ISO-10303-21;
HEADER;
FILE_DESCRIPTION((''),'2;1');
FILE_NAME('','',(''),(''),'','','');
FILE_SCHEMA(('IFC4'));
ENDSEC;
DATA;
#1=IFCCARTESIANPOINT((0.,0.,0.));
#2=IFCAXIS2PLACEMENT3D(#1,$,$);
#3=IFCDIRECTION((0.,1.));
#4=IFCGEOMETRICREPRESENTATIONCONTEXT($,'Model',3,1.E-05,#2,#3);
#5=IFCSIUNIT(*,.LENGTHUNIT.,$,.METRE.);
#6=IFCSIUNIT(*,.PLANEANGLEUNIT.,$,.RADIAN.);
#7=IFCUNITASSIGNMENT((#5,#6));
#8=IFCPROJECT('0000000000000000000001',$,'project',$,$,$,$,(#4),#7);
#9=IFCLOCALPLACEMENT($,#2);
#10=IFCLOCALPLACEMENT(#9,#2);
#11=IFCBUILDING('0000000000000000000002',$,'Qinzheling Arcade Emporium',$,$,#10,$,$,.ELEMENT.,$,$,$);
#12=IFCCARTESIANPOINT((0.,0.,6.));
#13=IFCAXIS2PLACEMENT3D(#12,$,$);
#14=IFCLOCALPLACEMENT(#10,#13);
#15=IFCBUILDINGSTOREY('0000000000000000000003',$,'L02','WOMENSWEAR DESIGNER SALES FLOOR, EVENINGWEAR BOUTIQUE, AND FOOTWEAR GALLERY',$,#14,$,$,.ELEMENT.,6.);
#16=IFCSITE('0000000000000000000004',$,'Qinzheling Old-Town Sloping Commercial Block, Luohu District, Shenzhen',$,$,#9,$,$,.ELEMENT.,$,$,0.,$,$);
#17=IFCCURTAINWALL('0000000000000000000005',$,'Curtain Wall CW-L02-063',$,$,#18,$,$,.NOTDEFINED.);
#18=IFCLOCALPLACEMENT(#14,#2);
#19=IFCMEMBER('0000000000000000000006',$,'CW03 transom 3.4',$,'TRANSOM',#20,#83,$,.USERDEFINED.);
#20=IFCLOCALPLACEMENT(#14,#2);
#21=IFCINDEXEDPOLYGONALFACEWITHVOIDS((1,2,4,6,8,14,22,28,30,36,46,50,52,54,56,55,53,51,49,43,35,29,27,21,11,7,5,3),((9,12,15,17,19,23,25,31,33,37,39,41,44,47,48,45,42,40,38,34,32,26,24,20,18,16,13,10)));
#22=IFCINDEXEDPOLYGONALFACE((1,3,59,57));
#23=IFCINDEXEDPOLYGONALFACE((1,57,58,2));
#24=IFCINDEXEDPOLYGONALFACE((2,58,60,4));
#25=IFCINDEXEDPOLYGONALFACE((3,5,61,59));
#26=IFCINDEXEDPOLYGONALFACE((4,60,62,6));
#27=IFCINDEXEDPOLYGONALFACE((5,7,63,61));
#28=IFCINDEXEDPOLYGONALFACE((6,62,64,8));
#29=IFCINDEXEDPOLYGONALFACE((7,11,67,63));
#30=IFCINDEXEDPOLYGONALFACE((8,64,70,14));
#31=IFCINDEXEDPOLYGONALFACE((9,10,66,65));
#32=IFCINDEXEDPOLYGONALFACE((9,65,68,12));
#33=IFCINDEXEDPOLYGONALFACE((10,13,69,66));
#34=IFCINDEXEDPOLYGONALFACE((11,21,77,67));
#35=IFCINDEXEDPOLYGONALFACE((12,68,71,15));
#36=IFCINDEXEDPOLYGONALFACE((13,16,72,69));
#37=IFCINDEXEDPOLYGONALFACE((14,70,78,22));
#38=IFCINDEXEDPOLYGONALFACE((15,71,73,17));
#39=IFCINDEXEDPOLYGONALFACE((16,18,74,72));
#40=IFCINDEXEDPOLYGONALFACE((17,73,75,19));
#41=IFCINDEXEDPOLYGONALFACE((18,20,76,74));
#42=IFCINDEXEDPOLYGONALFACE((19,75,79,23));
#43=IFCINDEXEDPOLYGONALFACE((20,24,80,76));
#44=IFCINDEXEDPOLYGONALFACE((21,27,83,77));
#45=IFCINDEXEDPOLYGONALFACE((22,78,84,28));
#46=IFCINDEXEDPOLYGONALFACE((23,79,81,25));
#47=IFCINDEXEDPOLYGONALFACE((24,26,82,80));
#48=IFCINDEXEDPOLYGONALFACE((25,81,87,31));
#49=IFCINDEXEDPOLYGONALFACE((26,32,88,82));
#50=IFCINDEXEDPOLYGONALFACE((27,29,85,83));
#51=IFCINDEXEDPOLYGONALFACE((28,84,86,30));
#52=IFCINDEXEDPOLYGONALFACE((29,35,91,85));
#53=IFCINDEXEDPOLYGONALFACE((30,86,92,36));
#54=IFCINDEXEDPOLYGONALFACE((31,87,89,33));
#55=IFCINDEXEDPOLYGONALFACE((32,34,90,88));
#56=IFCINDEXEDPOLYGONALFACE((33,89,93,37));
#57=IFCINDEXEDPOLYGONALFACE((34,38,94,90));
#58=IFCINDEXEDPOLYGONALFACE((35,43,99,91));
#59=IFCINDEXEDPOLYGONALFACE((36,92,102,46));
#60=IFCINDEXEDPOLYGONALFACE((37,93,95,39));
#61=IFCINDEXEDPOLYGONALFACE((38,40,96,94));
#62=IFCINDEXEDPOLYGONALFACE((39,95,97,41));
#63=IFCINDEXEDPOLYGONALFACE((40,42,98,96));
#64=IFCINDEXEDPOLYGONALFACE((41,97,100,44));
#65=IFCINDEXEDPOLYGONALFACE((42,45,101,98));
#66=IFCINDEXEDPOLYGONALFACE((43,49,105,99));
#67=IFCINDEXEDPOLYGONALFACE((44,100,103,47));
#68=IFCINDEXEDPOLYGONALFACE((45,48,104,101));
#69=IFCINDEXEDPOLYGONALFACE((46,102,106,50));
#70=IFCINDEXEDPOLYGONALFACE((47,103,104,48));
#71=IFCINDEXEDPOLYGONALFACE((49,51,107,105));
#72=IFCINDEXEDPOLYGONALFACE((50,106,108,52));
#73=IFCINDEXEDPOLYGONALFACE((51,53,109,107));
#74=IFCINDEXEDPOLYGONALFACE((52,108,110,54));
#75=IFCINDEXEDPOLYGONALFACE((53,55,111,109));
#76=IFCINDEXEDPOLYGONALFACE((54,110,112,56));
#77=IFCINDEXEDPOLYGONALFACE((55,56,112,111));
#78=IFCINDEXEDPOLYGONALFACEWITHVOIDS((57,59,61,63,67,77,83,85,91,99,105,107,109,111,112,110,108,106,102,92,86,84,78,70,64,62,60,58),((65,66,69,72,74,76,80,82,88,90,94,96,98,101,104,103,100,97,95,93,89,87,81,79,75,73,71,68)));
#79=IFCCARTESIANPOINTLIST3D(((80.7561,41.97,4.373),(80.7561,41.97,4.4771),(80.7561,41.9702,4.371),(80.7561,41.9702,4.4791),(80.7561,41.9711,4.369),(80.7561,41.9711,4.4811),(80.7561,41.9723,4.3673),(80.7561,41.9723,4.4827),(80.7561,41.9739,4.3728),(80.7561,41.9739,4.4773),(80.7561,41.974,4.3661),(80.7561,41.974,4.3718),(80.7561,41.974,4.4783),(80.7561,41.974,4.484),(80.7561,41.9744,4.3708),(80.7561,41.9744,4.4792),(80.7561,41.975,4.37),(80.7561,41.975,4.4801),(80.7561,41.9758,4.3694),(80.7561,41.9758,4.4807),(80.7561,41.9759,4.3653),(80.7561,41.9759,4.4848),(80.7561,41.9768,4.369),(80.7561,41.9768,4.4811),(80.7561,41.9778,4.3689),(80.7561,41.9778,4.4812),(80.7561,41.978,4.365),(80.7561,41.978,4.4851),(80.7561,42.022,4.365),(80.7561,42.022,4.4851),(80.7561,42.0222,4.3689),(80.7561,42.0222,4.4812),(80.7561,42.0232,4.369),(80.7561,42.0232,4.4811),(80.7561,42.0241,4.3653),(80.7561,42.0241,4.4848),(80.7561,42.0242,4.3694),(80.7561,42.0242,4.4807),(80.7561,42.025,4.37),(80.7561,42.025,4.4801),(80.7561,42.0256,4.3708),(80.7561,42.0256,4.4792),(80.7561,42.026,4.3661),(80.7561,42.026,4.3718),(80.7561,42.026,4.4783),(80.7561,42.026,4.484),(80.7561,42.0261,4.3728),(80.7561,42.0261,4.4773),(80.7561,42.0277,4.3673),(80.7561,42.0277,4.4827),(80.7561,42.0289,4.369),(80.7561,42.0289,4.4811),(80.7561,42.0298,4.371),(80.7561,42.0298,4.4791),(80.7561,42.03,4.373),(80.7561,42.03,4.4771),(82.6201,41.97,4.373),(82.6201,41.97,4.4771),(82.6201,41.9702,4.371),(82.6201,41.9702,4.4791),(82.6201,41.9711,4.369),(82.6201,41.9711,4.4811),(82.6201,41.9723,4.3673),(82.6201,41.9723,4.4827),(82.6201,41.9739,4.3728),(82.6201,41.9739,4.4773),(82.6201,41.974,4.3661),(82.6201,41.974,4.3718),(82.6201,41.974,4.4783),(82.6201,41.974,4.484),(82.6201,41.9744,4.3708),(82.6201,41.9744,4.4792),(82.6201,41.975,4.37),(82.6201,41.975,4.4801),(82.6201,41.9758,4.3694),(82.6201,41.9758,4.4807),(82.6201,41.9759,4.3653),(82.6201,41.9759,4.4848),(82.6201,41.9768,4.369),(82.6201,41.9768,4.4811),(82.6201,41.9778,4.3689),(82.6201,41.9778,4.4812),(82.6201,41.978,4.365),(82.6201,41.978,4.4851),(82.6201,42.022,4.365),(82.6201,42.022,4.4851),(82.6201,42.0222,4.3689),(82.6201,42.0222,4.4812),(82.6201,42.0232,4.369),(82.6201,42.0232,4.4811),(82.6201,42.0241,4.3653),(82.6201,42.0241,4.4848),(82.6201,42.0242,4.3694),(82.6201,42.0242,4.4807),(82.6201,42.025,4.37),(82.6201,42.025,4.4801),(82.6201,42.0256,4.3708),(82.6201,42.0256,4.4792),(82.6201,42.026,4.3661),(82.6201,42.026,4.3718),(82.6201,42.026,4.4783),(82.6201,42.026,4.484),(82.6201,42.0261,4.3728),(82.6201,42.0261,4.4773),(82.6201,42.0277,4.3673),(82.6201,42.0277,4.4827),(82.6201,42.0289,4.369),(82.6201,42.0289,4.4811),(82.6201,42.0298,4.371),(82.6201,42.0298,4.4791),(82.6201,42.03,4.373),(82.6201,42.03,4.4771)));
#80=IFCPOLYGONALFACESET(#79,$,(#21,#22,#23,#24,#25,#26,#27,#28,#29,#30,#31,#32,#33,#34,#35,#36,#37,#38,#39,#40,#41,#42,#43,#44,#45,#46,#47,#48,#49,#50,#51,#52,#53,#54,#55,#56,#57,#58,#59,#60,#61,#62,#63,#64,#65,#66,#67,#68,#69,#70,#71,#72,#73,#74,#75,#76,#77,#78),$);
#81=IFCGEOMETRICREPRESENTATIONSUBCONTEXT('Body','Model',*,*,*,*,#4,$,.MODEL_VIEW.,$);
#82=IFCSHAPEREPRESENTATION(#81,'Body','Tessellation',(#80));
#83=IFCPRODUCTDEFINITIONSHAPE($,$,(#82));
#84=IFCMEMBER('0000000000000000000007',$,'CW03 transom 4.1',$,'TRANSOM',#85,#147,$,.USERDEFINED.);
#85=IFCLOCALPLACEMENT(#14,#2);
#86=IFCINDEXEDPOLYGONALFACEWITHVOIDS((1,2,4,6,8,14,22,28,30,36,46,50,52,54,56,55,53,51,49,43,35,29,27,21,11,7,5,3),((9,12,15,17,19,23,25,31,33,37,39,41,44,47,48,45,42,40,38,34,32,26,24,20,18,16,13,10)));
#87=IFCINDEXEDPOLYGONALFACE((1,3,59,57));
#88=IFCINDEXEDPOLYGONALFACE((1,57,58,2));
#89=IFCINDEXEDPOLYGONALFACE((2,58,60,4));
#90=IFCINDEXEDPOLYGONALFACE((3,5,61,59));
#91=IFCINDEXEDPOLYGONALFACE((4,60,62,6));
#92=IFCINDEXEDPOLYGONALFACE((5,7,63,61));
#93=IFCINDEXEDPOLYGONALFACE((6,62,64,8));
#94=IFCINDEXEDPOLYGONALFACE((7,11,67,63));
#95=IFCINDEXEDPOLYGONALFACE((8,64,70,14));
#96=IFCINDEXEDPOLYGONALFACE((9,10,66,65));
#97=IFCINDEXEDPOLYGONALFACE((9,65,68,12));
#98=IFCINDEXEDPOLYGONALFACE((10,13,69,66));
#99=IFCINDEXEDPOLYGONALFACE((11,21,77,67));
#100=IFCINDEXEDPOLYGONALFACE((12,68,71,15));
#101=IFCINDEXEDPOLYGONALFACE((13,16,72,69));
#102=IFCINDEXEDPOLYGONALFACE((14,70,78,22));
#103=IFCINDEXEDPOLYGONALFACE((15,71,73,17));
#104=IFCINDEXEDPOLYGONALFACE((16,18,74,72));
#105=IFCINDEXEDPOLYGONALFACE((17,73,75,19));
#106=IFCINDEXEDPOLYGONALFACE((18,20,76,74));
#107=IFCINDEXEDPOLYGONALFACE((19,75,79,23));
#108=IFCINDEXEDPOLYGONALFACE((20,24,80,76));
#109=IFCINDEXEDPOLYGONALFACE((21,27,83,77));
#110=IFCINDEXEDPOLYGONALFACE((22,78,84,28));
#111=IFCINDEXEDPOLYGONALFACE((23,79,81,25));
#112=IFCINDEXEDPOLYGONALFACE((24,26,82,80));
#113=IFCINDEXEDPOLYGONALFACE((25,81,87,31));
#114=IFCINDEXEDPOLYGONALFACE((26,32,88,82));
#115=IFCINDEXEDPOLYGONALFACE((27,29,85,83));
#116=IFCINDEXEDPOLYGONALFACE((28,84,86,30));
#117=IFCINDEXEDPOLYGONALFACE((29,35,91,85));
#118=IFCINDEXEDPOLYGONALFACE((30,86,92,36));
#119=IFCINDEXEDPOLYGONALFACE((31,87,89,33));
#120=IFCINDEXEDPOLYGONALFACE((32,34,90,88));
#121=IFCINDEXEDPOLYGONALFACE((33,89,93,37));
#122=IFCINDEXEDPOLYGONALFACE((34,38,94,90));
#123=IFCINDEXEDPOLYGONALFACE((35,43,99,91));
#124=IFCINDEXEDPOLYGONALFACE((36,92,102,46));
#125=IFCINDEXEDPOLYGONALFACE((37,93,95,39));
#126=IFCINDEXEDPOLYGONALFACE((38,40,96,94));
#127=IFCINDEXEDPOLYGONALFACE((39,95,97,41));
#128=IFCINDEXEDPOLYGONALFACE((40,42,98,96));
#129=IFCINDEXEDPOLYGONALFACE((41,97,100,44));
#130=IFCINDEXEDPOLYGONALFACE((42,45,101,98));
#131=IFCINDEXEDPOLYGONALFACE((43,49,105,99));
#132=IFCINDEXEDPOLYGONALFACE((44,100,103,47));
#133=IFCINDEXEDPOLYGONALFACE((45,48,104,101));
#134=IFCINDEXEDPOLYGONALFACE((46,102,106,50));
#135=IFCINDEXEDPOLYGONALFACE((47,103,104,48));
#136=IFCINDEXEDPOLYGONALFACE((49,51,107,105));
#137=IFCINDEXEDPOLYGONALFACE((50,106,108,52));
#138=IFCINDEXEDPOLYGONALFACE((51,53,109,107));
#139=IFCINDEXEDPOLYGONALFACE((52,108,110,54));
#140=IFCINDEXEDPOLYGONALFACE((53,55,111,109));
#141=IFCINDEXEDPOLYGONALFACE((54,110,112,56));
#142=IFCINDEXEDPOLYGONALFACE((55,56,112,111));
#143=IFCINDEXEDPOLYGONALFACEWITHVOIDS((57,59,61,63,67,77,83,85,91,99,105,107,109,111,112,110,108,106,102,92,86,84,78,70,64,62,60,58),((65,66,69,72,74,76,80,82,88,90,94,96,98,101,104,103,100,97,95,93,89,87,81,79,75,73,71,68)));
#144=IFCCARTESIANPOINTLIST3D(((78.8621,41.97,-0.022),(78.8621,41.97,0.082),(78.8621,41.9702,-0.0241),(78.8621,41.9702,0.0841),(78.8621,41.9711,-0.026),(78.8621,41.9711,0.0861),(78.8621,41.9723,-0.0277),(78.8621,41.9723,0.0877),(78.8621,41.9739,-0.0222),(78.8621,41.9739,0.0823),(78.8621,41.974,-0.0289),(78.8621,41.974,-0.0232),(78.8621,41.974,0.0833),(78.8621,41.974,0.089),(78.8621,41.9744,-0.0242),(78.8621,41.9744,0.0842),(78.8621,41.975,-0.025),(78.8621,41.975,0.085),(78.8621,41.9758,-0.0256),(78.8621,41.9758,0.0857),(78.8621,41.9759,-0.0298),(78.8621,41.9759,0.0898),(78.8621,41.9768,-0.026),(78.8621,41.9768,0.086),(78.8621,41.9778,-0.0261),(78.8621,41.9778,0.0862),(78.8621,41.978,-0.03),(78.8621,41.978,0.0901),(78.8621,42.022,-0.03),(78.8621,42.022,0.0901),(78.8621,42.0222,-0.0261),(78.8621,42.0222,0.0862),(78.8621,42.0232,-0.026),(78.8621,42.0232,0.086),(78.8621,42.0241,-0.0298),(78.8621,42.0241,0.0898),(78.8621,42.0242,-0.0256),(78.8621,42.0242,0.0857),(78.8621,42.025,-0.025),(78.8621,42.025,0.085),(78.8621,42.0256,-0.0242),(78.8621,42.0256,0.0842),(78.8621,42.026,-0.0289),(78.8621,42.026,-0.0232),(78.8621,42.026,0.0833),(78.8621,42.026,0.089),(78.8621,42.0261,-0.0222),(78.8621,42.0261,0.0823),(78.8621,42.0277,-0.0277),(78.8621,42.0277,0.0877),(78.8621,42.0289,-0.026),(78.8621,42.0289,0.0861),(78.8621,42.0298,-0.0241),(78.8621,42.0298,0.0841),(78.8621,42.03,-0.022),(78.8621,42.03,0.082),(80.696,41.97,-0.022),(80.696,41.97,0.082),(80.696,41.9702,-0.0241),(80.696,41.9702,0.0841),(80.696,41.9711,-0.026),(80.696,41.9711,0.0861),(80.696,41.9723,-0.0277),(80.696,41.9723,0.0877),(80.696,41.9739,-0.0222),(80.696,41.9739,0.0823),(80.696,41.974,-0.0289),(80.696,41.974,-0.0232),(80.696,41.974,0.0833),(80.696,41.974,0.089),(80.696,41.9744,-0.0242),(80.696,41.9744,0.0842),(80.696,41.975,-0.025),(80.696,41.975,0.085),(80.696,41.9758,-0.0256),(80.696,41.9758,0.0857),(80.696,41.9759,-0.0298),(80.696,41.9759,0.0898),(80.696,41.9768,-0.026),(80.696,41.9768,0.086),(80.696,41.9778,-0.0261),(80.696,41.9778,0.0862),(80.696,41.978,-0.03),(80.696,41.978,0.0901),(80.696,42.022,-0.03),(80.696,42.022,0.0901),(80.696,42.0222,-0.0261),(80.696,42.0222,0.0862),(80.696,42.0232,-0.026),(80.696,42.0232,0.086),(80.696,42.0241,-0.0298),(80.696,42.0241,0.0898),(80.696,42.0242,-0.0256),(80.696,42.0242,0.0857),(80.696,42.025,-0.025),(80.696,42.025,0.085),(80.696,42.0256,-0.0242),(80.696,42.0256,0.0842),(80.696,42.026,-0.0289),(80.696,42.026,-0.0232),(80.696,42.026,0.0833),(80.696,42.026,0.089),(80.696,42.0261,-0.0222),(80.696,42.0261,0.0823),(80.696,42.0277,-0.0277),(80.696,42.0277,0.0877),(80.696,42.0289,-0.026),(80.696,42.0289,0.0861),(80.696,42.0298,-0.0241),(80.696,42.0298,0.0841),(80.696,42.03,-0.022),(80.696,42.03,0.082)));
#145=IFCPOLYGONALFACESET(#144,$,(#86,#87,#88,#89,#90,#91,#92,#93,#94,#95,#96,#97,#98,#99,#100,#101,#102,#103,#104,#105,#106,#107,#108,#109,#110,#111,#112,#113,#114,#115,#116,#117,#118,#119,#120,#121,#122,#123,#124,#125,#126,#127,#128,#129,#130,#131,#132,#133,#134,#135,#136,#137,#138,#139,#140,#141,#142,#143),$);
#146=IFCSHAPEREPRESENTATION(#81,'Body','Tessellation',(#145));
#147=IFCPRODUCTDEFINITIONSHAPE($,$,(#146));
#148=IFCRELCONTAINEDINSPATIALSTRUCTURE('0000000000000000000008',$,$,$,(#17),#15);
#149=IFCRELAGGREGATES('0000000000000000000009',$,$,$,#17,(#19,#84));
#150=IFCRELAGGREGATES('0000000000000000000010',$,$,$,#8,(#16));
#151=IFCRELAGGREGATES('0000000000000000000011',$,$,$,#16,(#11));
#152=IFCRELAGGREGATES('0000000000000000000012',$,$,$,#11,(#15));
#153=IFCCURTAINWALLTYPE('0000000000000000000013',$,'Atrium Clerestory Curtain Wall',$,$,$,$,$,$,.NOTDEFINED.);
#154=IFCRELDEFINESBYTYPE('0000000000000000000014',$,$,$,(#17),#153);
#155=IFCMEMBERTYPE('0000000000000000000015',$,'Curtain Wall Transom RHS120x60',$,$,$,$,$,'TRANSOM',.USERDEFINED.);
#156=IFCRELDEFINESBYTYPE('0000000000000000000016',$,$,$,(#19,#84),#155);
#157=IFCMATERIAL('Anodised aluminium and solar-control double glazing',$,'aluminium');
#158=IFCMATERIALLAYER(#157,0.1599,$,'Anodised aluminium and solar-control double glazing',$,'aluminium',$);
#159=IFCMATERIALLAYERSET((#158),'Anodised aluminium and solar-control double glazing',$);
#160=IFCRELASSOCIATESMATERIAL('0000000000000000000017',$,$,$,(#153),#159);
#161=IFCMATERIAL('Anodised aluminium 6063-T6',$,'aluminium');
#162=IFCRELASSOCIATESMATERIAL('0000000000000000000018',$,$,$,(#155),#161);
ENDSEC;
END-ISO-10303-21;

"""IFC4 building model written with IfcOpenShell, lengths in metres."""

from ifc_helpers import new_model, si_unit, direction, frame, origin, origin_2d, place, context, subcontext, project, spatial, hollow_rectangle, extrude, material, layer, layer_set, material_profile, profile_set, type_object, element, aggregate, save


model = new_model("IFC4")

# Units and contexts
model_context = context("Model", 3, precision=1e-05, world=origin(), true_north=direction((0.0, 1.0)))
body_context = subcontext(model_context, "Body", "Model", "MODEL_VIEW")
ifc_project = project(units=[si_unit("LENGTHUNIT", "METRE"), si_unit("PLANEANGLEUNIT", "RADIAN")], contexts=[model_context])

# Site, building, storey
site_placement = place(None, origin())
site = spatial("IfcSite", under=ifc_project, at=site_placement, Name="Qinzheling Old-Town Sloping Commercial Block, Luohu District, Shenzhen", CompositionType="ELEMENT", RefElevation=0.0)
building_placement = place(site_placement, origin())
building = spatial("IfcBuilding", under=site, at=building_placement, Name="Qinzheling Arcade Emporium", CompositionType="ELEMENT")
storey_placement = place(building_placement, frame((0.0, 0.0, 6.0)))
storey = spatial("IfcBuildingStorey", under=building, at=storey_placement, Name="L02", Description="WOMENSWEAR DESIGNER SALES FLOOR, EVENINGWEAR BOUTIQUE, AND FOOTWEAR GALLERY", CompositionType="ELEMENT", Elevation=6.0)

# Curtain wall
ifc_material_1 = material(Name="Anodised aluminium and solar-control double glazing", Category="aluminium")
ifc_layer_1 = layer(ifc_material_1, 0.1599, Name="Anodised aluminium and solar-control double glazing", Category="aluminium")
ifc_layer_set_1 = layer_set([ifc_layer_1], Name="Anodised aluminium and solar-control double glazing")
curtain_wall_type = type_object("IfcCurtainWallType", Name="Atrium Clerestory Curtain Wall", PredefinedType="NOTDEFINED", material=ifc_layer_set_1)
curtain_wall_1_placement = place(storey_placement, origin())
curtain_wall_1 = element("IfcCurtainWall", 1, at=curtain_wall_1_placement, inside=storey, type_object=curtain_wall_type, Name="Curtain Wall CW-L02-063", PredefinedType="NOTDEFINED")
ifc_material_2 = material(Name="Anodised aluminium 6063-T6", Category="aluminium")

# Members
ifc_material_profile_1 = material_profile(ifc_material_2, hollow_rectangle(XDim=0.0601, YDim=0.1201, WallThickness=0.0039, InnerFilletRadius=0.0039, OuterFilletRadius=0.0081, at=origin_2d()), Name="RHS 120x60x4", Category="aluminium")
ifc_profile_set_1 = profile_set([ifc_material_profile_1], Name="Anodised aluminium 6063-T6")
member_type_1 = type_object("IfcMemberType", Name="Curtain Wall Transom RHS120x60", ElementType="TRANSOM", PredefinedType="USERDEFINED", material=ifc_profile_set_1)
member_1_placement = place(storey_placement, frame((82.6201, 42.0, 4.425), z_axis=(-1.0, 0.0, 0.0), x_axis=(0.0, -1.0, 0.0)))
member_1 = element("IfcMember", 2, at=member_1_placement, type_object=member_type_1, Name="CW03 transom 3.4", ObjectType="TRANSOM", PredefinedType="USERDEFINED", context=body_context, shape_type="SweptSolid", body=[
    extrude(hollow_rectangle(XDim=0.0601, YDim=0.1201, WallThickness=0.0039, InnerFilletRadius=0.0039, OuterFilletRadius=0.0081, at=origin_2d()), origin(), (0.0, 0.0, 1.0), 1.864),
])
member_2_placement = place(storey_placement, frame((80.696, 42.0, 0.03), z_axis=(-1.0, 0.0, 0.0), x_axis=(0.0, -1.0, 0.0)))
member_2 = element("IfcMember", 3, at=member_2_placement, type_object=member_type_1, Name="CW03 transom 4.1", ObjectType="TRANSOM", PredefinedType="USERDEFINED", context=body_context, shape_type="SweptSolid", body=[
    extrude(hollow_rectangle(XDim=0.0601, YDim=0.1201, WallThickness=0.0039, InnerFilletRadius=0.0039, OuterFilletRadius=0.0081, at=origin_2d()), origin(), (0.0, 0.0, 1.0), 1.834),
])

aggregate(curtain_wall_1, [member_1, member_2])

save(model, "model.ifc")
